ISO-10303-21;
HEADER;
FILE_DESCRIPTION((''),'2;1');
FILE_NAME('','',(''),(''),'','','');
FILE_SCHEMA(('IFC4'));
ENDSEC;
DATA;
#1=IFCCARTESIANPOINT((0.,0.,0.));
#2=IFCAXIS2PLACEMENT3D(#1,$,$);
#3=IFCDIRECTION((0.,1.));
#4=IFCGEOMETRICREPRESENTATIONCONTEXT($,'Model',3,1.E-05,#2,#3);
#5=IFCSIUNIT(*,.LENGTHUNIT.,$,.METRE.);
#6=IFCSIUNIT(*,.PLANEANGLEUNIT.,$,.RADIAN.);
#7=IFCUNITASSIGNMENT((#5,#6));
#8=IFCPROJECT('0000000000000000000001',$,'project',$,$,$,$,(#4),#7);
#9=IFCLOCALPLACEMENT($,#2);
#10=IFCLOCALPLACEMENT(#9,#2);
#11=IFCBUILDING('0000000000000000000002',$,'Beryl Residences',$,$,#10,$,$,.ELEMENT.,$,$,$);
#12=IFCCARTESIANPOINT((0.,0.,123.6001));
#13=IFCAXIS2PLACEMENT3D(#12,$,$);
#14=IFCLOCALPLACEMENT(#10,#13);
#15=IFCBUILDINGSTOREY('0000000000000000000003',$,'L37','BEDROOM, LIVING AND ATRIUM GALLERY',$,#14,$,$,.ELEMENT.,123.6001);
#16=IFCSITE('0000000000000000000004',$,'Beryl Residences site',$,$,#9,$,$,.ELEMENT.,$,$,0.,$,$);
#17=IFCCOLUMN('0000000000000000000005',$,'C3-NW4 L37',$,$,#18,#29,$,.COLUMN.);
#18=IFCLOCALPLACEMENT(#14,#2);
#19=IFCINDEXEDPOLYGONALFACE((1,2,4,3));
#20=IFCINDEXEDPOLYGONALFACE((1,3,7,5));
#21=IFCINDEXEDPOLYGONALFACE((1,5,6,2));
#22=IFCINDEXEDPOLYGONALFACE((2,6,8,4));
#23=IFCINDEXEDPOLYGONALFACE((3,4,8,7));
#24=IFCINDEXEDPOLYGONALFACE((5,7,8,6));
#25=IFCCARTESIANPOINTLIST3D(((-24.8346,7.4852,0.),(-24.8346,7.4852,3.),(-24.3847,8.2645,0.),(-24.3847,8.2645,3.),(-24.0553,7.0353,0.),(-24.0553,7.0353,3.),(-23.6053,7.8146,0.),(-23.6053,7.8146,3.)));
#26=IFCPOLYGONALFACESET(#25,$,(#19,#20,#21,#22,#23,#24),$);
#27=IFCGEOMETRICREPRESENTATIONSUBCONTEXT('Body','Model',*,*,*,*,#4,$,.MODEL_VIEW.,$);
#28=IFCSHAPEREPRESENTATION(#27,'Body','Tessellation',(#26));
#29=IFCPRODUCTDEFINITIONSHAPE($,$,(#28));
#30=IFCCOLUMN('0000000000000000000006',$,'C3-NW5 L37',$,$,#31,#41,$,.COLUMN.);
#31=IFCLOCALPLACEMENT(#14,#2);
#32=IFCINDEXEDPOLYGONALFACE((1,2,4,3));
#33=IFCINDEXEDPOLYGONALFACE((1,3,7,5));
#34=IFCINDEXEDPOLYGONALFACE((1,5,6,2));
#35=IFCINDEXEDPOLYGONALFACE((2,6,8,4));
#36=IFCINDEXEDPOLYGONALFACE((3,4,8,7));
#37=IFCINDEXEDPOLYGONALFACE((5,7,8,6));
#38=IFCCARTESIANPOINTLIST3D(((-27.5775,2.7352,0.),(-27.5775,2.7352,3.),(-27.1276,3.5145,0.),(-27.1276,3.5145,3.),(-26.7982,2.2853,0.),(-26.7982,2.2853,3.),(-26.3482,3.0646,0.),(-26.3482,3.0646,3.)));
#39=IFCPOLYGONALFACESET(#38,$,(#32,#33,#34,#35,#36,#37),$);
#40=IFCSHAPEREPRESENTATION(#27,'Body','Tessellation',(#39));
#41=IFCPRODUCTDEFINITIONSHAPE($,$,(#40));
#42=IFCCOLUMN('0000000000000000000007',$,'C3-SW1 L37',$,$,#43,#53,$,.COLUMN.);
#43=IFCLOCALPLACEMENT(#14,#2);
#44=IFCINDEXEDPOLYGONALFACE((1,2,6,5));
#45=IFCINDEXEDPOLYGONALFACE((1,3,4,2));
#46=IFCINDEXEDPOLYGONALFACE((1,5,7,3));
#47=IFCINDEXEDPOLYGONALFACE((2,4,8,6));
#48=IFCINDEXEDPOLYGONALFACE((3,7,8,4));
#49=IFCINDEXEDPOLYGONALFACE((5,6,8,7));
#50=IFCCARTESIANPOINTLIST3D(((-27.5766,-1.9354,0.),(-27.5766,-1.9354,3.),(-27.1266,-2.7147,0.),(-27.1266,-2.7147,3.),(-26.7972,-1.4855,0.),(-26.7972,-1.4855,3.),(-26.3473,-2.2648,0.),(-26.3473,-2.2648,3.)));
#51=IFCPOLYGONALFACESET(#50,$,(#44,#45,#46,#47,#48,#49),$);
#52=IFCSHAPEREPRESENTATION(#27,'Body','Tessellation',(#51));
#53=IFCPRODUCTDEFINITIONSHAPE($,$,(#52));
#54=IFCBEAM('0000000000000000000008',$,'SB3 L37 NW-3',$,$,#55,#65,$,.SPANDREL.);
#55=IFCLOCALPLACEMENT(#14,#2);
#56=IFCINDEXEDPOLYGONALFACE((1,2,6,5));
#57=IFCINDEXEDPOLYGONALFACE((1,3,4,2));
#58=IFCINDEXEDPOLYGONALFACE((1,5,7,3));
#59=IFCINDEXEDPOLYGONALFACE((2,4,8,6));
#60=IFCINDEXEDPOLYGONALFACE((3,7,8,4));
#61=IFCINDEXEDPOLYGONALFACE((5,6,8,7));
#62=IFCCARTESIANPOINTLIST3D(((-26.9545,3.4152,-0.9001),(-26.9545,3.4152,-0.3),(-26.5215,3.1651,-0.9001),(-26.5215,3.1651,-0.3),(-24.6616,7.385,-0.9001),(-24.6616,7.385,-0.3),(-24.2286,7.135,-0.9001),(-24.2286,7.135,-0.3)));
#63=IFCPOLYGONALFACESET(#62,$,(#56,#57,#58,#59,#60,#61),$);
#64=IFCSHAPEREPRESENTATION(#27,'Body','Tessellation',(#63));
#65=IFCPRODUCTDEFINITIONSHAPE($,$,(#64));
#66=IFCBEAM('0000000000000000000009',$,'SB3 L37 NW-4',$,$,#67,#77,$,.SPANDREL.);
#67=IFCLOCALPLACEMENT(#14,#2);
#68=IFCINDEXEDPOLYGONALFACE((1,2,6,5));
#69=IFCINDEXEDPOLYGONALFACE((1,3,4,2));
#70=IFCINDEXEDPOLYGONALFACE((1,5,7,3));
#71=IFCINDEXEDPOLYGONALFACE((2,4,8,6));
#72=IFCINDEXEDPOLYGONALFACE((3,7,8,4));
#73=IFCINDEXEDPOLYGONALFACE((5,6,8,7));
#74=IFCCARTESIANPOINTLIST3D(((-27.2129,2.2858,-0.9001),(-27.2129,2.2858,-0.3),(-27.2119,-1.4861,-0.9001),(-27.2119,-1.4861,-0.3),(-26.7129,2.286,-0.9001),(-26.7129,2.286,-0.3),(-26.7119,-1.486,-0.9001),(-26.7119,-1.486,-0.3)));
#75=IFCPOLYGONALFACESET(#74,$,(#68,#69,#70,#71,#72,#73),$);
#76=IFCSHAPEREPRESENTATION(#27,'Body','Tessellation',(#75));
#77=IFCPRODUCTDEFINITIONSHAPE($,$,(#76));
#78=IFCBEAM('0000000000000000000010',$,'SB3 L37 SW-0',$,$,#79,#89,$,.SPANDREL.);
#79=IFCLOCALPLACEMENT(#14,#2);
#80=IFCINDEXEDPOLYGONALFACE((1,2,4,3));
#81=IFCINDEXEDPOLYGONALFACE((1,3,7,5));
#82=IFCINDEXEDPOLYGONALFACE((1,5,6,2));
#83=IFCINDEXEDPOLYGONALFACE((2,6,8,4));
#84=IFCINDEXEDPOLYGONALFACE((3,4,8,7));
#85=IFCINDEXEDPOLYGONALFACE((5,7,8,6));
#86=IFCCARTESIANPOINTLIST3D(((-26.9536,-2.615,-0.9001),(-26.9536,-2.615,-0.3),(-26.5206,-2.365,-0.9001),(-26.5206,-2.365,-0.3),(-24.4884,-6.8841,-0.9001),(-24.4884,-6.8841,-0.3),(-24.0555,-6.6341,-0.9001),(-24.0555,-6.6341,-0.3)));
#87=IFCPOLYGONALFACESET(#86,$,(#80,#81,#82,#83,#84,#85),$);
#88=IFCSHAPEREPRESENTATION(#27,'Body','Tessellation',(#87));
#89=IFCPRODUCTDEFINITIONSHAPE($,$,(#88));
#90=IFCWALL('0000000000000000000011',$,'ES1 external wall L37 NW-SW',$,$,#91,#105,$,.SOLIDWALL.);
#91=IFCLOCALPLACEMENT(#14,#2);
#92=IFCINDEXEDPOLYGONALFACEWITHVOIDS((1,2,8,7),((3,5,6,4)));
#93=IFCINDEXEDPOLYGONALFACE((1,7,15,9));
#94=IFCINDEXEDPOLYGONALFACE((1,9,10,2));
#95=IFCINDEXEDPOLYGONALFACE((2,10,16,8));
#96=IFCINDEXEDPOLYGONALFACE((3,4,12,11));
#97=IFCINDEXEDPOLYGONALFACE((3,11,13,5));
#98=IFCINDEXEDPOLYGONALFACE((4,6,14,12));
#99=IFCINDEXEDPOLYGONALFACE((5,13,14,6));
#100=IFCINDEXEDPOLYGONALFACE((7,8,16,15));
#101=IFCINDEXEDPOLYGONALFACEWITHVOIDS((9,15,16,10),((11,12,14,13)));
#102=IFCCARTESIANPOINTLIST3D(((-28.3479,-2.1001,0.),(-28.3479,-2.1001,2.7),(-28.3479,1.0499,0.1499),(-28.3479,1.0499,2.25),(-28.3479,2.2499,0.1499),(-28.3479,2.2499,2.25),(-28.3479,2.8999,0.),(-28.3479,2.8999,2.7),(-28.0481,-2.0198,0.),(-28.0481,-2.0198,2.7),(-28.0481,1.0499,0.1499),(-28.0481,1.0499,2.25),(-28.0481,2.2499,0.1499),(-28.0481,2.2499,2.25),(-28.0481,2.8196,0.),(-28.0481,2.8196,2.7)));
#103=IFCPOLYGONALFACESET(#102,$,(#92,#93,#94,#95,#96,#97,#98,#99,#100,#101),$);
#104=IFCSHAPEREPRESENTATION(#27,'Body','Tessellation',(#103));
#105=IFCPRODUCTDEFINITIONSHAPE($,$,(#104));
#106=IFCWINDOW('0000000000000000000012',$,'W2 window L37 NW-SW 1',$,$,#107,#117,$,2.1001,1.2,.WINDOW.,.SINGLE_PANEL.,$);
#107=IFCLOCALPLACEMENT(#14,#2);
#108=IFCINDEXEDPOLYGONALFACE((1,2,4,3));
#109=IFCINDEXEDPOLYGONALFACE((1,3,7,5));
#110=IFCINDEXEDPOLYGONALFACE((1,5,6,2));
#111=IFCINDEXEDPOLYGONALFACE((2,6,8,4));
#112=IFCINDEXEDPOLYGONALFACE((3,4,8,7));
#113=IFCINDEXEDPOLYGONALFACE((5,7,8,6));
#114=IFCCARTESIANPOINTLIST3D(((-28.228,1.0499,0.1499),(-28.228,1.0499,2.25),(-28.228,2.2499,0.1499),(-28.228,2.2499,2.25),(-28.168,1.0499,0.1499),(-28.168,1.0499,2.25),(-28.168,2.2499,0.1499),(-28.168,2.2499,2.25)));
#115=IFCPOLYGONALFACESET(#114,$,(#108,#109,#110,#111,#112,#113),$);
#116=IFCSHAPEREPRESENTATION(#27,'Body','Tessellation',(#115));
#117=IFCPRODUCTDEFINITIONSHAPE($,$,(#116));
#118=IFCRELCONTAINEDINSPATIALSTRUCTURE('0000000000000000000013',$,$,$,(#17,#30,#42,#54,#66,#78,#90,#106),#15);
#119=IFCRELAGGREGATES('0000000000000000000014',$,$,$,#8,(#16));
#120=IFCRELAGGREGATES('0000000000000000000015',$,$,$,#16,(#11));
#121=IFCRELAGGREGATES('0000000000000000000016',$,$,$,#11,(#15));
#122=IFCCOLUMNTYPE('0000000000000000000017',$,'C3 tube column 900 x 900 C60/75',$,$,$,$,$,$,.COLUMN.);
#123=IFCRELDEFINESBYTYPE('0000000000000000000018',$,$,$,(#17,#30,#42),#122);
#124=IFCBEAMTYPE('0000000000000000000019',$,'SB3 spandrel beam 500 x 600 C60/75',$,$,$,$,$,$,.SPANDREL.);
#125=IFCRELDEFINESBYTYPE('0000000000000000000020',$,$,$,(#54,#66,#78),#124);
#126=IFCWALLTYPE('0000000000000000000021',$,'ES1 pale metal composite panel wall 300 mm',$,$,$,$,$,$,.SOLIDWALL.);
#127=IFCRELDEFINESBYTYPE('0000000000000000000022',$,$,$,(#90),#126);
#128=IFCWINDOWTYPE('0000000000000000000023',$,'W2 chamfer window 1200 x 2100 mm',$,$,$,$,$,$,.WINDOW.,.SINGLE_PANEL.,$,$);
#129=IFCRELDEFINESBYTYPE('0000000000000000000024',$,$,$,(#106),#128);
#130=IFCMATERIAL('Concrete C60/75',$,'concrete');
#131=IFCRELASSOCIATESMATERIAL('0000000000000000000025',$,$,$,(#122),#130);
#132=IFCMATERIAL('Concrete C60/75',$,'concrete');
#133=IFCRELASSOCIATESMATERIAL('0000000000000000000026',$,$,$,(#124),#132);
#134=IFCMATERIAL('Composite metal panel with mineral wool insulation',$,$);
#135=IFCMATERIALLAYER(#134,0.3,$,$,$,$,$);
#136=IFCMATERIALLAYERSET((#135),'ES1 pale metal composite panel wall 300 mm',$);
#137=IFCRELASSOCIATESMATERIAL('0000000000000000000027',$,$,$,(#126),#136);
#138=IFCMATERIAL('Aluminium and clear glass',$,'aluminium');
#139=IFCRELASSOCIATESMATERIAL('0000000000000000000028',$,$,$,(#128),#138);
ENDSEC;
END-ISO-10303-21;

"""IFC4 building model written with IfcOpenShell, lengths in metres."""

from ifc_helpers import new_model, si_unit, direction, frame, frame_2d, origin, origin_2d, place, context, subcontext, project, spatial, polyline, rectangle, outline, extrude, material, layer, layer_set, material_profile, profile_set, type_object, element, fill, save


model = new_model("IFC4")

# Units and contexts
model_context = context("Model", 3, precision=1e-05, world=origin(), true_north=direction((0.0, 1.0)))
body_context = subcontext(model_context, "Body", "Model", "MODEL_VIEW")
ifc_project = project(units=[si_unit("LENGTHUNIT", "METRE"), si_unit("PLANEANGLEUNIT", "RADIAN")], contexts=[model_context])

# Site, building, storey
site_placement = place(None, origin())
site = spatial("IfcSite", under=ifc_project, at=site_placement, Name="Beryl Residences site", CompositionType="ELEMENT", RefElevation=0.0)
building_placement = place(site_placement, origin())
building = spatial("IfcBuilding", under=site, at=building_placement, Name="Beryl Residences", CompositionType="ELEMENT")
storey_placement = place(building_placement, frame((0.0, 0.0, 123.6001)))
storey = spatial("IfcBuildingStorey", under=building, at=storey_placement, Name="L37", Description="BEDROOM, LIVING AND ATRIUM GALLERY", CompositionType="ELEMENT", Elevation=123.6001)

# Columns
ifc_material_1 = material(Name="Concrete C60/75", Category="concrete")
ifc_material_profile_1 = material_profile(ifc_material_1, rectangle(XDim=0.8999, YDim=0.8999, at=origin_2d()))
ifc_profile_set_1 = profile_set([ifc_material_profile_1], Name="Concrete C60/75")
column_type = type_object("IfcColumnType", Name="C3 tube column 900 x 900 C60/75", PredefinedType="COLUMN", material=ifc_profile_set_1)
for number, where, z_axis, x_axis, name in (
    (1, (-24.22, 7.6499, 0.0), (0.0, 0.0, 1.0), (-0.5, -0.866025, 0.0), "C3-NW4 L37"),
    (2, (-26.9629, 2.8999, 0.0), (0.0, 0.0, 1.0), (-0.5, -0.866025, 0.0), "C3-NW5 L37"),
    (3, (-26.9619, -2.1001, 0.0), (0.0, 0.0, 1.0), (0.5, -0.866025, 0.0), "C3-SW1 L37"),
):
    element("IfcColumn", number, at=place(storey_placement, frame(where, z_axis=z_axis, x_axis=x_axis)), inside=storey, type_object=column_type, Name=name, PredefinedType="COLUMN", context=body_context, shape_type="SweptSolid", body=[
        extrude(rectangle(XDim=0.8999, YDim=0.8999, at=origin_2d()), origin(), (0.0, 0.0, 1.0), 3.0),
    ])

# Beams
ifc_material_2 = material(Name="Concrete C60/75", Category="concrete")
ifc_material_profile_2 = material_profile(ifc_material_2, rectangle(XDim=0.5, YDim=0.6001, at=origin_2d()))
ifc_profile_set_2 = profile_set([ifc_material_profile_2], Name="Concrete C60/75")
beam_type = type_object("IfcBeamType", Name="SB3 spandrel beam 500 x 600 C60/75", PredefinedType="SPANDREL", material=ifc_profile_set_2)
beam_1_placement = place(storey_placement, frame((-24.4451, 7.26, -0.6001), z_axis=(-0.500148, -0.86594, 0.0), x_axis=(0.86594, -0.500148, 0.0)))
element("IfcBeam", 4, at=beam_1_placement, inside=storey, type_object=beam_type, Name="SB3 L37 NW-3", PredefinedType="SPANDREL", context=body_context, shape_type="SweptSolid", body=[
    extrude(rectangle(XDim=0.5, YDim=0.6001, at=origin_2d()), origin(), (0.0, 0.0, 1.0), 4.5845),
])
beam_2_placement = place(storey_placement, frame((-26.9629, 2.2859, -0.6001), z_axis=(0.000259, -1.0, 0.0), x_axis=(1.0, 0.000259, 0.0)))
element("IfcBeam", 5, at=beam_2_placement, inside=storey, type_object=beam_type, Name="SB3 L37 NW-4", PredefinedType="SPANDREL", context=body_context, shape_type="SweptSolid", body=[
    extrude(rectangle(XDim=0.5, YDim=0.6001, at=origin_2d()), origin(), (0.0, 0.0, 1.0), 3.772),
])
beam_3_placement = place(storey_placement, frame((-26.7371, -2.49, -0.6001), z_axis=(0.500054, -0.865994, 0.0), x_axis=(0.865994, 0.500054, 0.0)))
element("IfcBeam", 6, at=beam_3_placement, inside=storey, type_object=beam_type, Name="SB3 L37 SW-0", PredefinedType="SPANDREL", context=body_context, shape_type="SweptSolid", body=[
    extrude(rectangle(XDim=0.5, YDim=0.6001, at=origin_2d()), origin(), (0.0, 0.0, 1.0), 4.9297),
])

# Wall, opening, window
ifc_material_3 = material(Name="Composite metal panel with mineral wool insulation")
ifc_layer_1 = layer(ifc_material_3, 0.3)
ifc_layer_set_1 = layer_set([ifc_layer_1], Name="ES1 pale metal composite panel wall 300 mm")
wall_type_1 = type_object("IfcWallType", Name="ES1 pale metal composite panel wall 300 mm", PredefinedType="SOLIDWALL", material=ifc_layer_set_1)
wall_1_placement = place(storey_placement, frame((-28.198, 2.8999, 0.0), z_axis=(0.0, 0.0, 1.0), x_axis=(0.0, -1.0, 0.0)))
wall_1 = element("IfcWall", 7, at=wall_1_placement, inside=storey, type_object=wall_type_1, Name="ES1 external wall L37 NW-SW", PredefinedType="SOLIDWALL", context=body_context, shape_type="SweptSolid", body=[
    extrude(outline(polyline([(0.0, -0.1499), (5.0, -0.1499), (4.9197, 0.1499), (0.0803, 0.1499), (0.0, -0.1499)])), origin(), (0.0, 0.0, 1.0), 2.7),
])
opening_1_placement = place(wall_1_placement, frame((0.6499, 0.0, 0.1499)))
opening_1 = element("IfcOpeningElement", 8, at=opening_1_placement, cuts=wall_1, PredefinedType="OPENING", context=body_context, shape_type="SweptSolid", body=[
    extrude(rectangle(XDim=1.2, YDim=2.1001, at=frame_2d((0.6001, 1.05))), frame((0.0, 0.1599, 0.0), z_axis=(0.0, -1.0, 0.0), x_axis=(1.0, 0.0, 0.0)), (0.0, 0.0, 1.0), 0.3201),
])
ifc_material_4 = material(Name="Aluminium and clear glass", Category="aluminium")
window_type_1 = type_object("IfcWindowType", Name="W2 chamfer window 1200 x 2100 mm", PartitioningType="SINGLE_PANEL", PredefinedType="WINDOW", material=ifc_material_4)
window_1_placement = place(opening_1_placement, origin())
window_1 = element("IfcWindow", 9, at=window_1_placement, inside=storey, type_object=window_type_1, Name="W2 window L37 NW-SW 1", OverallHeight=2.1001, OverallWidth=1.2, PartitioningType="SINGLE_PANEL", PredefinedType="WINDOW", context=body_context, shape_type="SweptSolid", body=[
    extrude(rectangle(XDim=1.2, YDim=2.1001, at=frame_2d((0.6001, 1.05))), frame((0.0, 0.03, 0.0), z_axis=(0.0, -1.0, 0.0), x_axis=(1.0, 0.0, 0.0)), (0.0, 0.0, 1.0), 0.0601),
])
fill(opening_1, window_1)

save(model, "model.ifc")
